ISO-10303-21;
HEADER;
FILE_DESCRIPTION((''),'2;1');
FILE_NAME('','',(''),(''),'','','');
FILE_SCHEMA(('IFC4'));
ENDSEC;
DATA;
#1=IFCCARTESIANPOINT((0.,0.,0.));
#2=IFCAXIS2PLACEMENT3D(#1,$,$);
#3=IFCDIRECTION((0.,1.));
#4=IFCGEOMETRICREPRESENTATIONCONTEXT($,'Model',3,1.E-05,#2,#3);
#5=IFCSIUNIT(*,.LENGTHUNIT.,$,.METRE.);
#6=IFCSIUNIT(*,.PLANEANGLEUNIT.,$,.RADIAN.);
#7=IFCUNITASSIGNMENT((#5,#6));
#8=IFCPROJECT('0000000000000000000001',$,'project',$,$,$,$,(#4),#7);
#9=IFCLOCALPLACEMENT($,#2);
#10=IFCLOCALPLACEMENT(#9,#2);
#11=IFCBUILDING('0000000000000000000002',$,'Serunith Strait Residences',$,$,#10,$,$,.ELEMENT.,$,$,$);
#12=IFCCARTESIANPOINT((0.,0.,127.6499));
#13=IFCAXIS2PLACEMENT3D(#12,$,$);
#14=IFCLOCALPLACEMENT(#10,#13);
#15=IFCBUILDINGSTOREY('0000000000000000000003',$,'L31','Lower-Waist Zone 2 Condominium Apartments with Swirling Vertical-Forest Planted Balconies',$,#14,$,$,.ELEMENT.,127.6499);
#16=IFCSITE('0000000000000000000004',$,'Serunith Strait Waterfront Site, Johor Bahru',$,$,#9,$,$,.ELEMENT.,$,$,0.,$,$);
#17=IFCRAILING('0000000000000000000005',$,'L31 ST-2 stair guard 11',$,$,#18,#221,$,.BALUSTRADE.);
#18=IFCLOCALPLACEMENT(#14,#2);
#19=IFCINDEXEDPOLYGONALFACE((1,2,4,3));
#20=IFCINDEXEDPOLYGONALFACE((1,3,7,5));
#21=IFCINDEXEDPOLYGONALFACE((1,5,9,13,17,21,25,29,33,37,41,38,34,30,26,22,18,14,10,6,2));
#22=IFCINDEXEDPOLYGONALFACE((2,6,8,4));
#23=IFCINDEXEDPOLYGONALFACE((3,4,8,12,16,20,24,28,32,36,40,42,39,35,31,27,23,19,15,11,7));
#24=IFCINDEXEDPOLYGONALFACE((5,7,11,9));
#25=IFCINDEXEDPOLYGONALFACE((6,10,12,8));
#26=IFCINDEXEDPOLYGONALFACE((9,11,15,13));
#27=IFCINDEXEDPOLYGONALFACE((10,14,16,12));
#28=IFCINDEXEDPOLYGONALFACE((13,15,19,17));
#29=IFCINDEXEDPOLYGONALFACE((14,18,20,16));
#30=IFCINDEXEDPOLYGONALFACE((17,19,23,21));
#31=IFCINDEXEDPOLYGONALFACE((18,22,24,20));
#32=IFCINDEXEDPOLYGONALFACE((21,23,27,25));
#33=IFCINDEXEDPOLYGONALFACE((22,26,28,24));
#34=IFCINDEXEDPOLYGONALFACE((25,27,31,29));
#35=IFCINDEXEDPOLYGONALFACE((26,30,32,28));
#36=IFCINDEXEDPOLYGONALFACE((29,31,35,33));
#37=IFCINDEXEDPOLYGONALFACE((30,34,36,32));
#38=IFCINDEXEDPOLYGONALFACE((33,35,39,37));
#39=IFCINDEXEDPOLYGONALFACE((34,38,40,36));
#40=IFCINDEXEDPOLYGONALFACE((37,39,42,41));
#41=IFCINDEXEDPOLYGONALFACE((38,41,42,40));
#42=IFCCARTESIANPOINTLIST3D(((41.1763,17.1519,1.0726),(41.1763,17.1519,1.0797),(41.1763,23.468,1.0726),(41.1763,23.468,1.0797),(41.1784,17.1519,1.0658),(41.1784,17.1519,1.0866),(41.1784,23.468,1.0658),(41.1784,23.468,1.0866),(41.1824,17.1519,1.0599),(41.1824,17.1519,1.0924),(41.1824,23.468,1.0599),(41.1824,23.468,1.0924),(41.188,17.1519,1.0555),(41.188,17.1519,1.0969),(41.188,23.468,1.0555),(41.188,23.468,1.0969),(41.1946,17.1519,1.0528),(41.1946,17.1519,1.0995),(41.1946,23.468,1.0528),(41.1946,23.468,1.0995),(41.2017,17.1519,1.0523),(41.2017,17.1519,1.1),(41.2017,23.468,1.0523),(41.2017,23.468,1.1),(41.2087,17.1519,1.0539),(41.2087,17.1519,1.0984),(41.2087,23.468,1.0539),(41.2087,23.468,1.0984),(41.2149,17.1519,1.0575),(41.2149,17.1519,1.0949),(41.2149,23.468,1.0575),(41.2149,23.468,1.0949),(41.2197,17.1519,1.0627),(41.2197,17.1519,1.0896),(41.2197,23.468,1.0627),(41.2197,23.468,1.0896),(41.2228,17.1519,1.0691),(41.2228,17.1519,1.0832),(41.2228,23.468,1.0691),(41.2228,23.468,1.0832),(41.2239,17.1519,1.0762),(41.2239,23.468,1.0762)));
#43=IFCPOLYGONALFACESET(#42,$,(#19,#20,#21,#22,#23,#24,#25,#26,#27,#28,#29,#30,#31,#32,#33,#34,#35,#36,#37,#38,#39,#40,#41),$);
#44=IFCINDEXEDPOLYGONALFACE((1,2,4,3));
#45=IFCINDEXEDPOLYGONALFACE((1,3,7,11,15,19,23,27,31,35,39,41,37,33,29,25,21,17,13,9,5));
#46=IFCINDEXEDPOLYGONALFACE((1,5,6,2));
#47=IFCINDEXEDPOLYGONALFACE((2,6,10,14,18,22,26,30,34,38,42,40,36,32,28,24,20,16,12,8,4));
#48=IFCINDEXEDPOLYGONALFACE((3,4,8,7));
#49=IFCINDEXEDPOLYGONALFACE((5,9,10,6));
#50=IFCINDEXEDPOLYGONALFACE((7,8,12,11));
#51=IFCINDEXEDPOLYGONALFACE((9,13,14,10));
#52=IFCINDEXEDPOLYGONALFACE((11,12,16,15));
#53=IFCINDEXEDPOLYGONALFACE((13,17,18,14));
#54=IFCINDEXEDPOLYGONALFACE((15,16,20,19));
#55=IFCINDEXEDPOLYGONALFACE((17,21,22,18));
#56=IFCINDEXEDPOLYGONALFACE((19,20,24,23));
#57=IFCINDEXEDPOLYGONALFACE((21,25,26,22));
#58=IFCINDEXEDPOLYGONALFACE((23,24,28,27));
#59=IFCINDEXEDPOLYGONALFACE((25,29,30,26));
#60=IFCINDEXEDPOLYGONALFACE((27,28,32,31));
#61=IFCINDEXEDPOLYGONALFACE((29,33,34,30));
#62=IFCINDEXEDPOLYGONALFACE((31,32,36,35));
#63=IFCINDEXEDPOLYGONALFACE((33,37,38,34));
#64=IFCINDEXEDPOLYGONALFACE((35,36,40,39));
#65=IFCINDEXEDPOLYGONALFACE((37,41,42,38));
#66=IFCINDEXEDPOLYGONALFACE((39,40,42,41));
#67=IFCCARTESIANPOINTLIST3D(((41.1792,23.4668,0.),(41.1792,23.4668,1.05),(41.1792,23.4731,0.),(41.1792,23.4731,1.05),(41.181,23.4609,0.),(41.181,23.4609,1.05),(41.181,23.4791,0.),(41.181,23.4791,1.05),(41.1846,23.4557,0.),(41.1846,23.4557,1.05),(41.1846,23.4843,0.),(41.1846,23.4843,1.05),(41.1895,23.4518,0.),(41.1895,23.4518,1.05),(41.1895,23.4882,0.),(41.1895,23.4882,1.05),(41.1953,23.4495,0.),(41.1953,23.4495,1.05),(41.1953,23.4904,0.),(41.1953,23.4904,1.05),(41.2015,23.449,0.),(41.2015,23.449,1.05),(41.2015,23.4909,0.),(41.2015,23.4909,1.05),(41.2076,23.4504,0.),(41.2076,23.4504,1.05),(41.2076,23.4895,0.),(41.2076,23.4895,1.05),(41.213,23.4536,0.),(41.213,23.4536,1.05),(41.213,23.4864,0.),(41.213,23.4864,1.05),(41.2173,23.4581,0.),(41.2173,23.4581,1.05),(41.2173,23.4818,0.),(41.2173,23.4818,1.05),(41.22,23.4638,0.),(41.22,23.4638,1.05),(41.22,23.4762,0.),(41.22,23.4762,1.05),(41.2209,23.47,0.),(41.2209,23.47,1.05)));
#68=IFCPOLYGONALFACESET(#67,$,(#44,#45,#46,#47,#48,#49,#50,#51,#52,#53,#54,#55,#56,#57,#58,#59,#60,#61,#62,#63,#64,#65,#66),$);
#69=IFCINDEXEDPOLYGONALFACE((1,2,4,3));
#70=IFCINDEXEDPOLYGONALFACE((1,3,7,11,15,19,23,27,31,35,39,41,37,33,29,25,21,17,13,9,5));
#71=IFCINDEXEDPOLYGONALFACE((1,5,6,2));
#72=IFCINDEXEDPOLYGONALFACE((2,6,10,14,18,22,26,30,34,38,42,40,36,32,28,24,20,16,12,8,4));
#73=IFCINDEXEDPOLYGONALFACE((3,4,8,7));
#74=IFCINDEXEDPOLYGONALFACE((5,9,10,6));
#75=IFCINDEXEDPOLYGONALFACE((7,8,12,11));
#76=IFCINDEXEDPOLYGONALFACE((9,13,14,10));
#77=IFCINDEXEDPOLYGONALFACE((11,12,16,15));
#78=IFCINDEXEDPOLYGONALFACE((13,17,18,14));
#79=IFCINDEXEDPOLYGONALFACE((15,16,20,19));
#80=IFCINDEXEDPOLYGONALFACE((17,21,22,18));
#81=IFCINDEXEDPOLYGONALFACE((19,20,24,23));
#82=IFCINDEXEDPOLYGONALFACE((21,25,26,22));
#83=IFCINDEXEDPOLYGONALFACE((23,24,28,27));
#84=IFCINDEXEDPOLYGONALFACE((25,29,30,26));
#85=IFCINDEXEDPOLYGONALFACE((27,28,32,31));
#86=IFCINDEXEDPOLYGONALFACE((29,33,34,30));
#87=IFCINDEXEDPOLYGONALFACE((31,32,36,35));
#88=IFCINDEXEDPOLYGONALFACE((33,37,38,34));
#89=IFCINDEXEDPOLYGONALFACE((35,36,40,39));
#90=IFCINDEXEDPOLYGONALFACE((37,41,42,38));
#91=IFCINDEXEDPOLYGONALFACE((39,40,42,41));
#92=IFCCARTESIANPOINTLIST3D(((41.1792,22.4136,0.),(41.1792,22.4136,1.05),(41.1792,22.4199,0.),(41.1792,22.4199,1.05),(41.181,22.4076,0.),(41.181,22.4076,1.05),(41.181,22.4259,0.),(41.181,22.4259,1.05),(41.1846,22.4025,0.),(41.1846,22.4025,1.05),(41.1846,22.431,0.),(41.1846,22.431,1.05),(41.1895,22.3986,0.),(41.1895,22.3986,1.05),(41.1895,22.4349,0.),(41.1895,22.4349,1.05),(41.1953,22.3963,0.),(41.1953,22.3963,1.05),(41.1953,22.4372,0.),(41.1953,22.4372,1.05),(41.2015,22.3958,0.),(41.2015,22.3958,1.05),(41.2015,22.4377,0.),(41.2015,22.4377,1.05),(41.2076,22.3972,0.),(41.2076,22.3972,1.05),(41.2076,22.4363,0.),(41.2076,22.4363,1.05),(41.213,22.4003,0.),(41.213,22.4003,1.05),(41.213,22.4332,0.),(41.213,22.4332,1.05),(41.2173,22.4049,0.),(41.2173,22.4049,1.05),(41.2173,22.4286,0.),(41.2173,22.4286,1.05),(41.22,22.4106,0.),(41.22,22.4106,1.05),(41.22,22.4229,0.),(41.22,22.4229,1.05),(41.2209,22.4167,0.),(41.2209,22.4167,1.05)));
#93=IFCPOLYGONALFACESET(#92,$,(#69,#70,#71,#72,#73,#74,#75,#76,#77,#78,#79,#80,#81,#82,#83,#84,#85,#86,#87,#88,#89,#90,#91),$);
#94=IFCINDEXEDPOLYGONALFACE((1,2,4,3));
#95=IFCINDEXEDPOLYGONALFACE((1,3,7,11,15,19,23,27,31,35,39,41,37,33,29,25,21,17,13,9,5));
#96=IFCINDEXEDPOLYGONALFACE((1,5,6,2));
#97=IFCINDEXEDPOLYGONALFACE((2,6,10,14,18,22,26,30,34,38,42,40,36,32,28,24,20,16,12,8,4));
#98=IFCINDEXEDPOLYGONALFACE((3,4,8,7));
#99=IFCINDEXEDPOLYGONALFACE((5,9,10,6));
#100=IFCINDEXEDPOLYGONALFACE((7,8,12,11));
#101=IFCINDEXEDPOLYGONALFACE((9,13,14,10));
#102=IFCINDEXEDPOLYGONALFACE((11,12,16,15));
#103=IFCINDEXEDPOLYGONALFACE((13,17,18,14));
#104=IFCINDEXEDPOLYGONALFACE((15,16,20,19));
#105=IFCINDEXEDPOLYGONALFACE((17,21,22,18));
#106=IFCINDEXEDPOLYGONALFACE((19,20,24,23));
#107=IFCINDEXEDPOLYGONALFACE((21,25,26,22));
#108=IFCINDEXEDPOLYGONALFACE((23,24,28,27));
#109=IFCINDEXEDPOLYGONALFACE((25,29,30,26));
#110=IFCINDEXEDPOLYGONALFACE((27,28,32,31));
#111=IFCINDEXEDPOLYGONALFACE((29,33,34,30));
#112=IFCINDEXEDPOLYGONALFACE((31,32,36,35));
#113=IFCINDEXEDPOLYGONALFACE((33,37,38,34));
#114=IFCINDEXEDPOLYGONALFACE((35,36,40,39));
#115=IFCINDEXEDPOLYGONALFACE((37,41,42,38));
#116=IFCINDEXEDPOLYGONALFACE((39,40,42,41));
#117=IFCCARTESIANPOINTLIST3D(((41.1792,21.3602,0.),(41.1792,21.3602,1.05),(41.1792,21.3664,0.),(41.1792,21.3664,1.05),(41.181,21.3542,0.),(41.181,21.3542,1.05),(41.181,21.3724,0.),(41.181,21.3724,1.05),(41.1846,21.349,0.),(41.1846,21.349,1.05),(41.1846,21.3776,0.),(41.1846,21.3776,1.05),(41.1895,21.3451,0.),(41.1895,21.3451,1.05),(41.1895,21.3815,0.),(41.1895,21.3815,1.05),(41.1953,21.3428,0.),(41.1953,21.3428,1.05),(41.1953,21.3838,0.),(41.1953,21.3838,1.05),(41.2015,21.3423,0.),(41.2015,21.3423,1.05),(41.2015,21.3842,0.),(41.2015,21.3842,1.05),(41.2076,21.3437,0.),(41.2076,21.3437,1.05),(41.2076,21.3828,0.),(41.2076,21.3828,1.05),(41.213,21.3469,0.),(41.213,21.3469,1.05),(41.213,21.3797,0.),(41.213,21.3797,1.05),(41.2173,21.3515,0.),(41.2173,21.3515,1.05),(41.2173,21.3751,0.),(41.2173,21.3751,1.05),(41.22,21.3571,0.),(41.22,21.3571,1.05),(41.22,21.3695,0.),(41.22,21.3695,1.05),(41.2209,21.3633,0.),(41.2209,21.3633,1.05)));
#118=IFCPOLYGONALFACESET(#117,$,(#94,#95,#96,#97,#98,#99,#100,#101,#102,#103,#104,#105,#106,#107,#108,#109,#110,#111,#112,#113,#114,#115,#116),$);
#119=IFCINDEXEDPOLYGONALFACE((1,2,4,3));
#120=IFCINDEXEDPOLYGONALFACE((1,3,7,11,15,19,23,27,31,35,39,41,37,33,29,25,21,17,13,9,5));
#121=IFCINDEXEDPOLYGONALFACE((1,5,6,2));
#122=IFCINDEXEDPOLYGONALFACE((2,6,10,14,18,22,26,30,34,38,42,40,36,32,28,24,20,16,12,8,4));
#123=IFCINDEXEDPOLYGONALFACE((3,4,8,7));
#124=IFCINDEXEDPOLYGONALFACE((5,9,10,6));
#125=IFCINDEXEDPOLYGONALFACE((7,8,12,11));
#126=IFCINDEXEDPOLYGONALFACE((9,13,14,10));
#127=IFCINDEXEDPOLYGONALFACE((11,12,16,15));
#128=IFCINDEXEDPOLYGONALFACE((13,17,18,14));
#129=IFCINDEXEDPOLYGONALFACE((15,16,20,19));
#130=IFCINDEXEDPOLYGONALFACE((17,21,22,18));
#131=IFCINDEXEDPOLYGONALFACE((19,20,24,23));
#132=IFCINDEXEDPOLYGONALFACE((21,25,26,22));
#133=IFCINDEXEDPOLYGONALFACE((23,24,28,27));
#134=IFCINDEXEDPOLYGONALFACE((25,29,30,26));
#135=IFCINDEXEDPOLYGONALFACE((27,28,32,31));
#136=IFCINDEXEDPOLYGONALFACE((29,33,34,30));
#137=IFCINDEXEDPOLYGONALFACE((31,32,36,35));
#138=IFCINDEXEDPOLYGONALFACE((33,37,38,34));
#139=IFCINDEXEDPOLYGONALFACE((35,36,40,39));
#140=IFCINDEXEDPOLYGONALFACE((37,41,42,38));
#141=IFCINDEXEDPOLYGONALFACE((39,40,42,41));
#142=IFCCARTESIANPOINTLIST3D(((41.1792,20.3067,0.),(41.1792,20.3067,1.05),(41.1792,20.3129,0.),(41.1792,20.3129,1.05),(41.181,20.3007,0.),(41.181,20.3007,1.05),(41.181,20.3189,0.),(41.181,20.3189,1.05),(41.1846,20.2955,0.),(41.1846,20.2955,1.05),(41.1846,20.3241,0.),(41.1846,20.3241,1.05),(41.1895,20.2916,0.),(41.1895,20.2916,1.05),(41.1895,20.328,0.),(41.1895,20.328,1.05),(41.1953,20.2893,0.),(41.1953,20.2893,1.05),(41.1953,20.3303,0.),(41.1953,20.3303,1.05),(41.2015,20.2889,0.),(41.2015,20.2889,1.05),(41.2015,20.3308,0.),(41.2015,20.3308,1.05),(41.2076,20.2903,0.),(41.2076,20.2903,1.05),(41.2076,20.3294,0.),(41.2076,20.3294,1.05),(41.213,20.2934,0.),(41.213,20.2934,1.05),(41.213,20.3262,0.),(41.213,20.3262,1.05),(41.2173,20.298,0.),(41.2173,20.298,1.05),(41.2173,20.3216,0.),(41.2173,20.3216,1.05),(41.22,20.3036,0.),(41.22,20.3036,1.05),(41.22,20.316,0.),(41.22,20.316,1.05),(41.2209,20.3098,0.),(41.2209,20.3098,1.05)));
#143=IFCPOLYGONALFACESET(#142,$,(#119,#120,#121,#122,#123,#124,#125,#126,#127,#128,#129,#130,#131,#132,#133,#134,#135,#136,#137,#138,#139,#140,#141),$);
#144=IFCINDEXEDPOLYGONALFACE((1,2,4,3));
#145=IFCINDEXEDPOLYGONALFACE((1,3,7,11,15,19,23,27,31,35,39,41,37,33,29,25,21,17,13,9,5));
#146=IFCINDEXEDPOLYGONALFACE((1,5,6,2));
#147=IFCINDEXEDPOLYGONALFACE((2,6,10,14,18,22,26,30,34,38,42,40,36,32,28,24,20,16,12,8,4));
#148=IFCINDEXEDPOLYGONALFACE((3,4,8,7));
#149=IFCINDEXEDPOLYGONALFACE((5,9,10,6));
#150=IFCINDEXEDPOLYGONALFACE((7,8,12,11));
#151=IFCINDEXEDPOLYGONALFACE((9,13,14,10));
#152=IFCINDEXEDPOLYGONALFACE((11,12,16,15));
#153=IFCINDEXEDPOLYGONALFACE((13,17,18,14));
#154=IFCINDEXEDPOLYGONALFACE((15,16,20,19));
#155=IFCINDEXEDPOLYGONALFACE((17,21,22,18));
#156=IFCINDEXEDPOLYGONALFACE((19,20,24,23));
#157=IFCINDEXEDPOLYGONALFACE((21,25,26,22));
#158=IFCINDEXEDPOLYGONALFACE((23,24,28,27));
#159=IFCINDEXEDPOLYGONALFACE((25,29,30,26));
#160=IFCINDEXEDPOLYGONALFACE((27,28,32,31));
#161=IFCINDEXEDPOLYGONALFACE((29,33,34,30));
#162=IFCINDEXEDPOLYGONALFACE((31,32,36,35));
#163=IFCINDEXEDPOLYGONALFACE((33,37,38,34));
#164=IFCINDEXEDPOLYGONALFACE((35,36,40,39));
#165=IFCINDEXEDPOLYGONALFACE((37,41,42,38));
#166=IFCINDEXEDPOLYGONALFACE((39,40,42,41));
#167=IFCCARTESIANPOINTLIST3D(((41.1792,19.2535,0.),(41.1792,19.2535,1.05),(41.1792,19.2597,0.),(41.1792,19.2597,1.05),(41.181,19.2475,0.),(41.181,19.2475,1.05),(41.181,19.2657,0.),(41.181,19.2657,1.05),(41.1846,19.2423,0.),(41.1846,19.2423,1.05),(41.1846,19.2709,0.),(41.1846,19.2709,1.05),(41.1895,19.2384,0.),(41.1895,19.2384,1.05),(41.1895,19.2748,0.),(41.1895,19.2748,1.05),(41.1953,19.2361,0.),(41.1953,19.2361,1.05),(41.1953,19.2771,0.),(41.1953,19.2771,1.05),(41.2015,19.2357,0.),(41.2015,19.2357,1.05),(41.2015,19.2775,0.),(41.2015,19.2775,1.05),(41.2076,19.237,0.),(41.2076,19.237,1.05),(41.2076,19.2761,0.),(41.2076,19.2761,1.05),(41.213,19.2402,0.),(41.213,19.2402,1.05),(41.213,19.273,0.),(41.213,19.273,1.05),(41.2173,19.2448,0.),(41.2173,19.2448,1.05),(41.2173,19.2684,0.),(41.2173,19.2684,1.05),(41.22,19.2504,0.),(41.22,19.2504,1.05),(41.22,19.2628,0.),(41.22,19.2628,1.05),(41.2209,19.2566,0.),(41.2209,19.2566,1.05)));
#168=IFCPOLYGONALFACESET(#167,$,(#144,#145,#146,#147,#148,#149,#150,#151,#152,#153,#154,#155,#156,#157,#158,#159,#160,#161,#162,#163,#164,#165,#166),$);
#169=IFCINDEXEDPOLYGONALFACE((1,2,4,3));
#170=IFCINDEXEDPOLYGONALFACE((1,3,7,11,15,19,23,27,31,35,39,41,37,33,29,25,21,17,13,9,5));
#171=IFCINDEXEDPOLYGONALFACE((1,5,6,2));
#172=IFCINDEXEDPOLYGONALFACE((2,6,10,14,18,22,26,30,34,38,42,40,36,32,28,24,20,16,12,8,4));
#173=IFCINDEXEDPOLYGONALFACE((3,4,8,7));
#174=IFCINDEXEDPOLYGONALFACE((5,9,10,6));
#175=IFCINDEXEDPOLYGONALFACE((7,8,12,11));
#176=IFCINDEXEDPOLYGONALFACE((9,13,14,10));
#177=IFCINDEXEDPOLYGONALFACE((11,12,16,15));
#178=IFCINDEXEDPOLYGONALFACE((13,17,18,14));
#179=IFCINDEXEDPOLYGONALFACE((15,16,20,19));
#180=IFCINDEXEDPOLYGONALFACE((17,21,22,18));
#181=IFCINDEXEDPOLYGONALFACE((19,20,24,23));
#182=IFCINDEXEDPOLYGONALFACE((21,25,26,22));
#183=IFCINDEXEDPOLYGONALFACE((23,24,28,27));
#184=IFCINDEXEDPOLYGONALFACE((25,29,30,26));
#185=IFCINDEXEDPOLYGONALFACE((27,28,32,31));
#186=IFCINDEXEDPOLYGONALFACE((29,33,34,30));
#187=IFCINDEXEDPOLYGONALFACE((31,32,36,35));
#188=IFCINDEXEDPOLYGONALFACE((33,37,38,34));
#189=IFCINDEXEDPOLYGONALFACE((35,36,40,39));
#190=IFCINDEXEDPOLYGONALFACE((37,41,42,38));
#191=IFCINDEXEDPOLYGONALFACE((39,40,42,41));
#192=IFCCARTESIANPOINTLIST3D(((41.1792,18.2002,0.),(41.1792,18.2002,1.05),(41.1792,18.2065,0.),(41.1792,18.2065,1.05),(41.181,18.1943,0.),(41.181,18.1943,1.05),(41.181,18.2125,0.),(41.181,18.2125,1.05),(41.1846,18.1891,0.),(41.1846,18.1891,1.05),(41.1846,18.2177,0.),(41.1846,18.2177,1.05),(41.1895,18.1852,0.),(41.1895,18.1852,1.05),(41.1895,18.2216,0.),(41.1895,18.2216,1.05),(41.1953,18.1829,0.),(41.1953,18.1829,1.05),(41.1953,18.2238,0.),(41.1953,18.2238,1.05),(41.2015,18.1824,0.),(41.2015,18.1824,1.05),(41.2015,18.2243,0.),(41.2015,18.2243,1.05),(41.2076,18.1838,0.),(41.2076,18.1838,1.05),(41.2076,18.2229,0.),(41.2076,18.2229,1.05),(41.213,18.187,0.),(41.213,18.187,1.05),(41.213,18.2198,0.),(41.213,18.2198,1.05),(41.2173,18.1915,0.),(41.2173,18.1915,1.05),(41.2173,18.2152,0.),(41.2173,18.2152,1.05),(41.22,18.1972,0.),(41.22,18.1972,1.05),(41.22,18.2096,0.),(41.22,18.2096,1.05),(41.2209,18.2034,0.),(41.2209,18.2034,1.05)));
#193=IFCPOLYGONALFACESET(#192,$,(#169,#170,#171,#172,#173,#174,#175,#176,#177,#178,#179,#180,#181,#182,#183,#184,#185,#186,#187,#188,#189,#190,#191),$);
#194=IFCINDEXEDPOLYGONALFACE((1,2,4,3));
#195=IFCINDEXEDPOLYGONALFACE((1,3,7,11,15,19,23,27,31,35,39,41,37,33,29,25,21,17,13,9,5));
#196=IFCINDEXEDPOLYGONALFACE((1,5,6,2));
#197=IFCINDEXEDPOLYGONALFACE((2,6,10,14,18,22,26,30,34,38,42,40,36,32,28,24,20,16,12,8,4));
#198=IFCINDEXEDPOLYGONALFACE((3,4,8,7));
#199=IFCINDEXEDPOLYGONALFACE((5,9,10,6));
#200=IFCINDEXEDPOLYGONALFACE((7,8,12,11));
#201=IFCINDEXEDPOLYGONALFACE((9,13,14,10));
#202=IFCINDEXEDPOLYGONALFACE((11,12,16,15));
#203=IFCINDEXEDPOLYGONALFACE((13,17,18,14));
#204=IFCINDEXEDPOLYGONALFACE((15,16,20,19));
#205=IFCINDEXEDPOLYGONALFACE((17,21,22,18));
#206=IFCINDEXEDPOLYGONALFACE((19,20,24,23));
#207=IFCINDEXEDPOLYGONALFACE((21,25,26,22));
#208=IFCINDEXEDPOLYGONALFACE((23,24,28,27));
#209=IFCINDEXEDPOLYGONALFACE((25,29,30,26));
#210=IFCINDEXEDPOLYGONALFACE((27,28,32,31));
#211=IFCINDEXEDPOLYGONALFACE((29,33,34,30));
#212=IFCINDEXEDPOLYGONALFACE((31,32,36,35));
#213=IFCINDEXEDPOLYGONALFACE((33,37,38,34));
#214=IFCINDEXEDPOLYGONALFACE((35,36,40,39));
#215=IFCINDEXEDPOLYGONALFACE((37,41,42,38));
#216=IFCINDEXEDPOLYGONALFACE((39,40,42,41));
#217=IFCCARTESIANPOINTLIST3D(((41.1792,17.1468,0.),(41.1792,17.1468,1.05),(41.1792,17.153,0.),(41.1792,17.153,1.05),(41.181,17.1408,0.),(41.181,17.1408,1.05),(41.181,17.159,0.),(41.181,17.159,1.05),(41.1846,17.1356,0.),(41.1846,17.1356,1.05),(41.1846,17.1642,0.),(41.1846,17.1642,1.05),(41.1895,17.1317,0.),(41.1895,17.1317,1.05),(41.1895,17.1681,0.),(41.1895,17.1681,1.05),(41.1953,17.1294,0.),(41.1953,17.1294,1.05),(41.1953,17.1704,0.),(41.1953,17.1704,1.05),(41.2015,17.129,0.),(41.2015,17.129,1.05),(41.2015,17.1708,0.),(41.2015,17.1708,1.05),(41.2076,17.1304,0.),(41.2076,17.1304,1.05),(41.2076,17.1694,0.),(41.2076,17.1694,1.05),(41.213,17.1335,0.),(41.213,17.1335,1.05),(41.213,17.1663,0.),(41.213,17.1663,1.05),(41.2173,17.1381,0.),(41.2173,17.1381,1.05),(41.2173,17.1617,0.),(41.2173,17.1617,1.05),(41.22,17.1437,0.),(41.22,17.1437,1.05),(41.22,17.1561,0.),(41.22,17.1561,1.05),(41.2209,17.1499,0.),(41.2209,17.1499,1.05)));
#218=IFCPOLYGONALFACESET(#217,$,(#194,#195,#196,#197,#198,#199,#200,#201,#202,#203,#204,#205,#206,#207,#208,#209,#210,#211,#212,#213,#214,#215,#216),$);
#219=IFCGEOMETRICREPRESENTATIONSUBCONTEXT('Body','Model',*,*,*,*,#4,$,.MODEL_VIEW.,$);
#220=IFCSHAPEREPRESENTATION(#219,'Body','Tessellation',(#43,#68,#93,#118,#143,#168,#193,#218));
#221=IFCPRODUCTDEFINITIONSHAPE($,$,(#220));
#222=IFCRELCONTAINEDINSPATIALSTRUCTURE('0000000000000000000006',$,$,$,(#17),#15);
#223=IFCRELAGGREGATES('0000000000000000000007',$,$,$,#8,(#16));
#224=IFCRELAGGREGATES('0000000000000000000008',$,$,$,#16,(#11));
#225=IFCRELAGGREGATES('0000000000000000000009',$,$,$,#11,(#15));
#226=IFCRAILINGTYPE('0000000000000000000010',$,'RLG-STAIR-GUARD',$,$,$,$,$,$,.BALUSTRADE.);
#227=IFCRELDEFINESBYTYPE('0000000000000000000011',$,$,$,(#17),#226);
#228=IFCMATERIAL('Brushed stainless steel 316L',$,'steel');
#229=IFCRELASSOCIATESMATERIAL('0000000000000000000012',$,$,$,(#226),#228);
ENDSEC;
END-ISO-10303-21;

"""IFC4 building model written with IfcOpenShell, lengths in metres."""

from ifc_helpers import new_model, si_unit, direction, frame, origin, origin_2d, place, context, subcontext, project, spatial, circle, extrude, material, type_object, element, save


model = new_model("IFC4")

# Units and contexts
model_context = context("Model", 3, precision=1e-05, world=origin(), true_north=direction((0.0, 1.0)))
body_context = subcontext(model_context, "Body", "Model", "MODEL_VIEW")
ifc_project = project(units=[si_unit("LENGTHUNIT", "METRE"), si_unit("PLANEANGLEUNIT", "RADIAN")], contexts=[model_context])

# Site, building, storey
site_placement = place(None, origin())
site = spatial("IfcSite", under=ifc_project, at=site_placement, Name="Serunith Strait Waterfront Site, Johor Bahru", CompositionType="ELEMENT", RefElevation=0.0)
building_placement = place(site_placement, origin())
building = spatial("IfcBuilding", under=site, at=building_placement, Name="Serunith Strait Residences", CompositionType="ELEMENT")
storey_placement = place(building_placement, frame((0.0, 0.0, 127.6499)))
storey = spatial("IfcBuildingStorey", under=building, at=storey_placement, Name="L31", Description="Lower-Waist Zone 2 Condominium Apartments with Swirling Vertical-Forest Planted Balconies", CompositionType="ELEMENT", Elevation=127.6499)

# Railing
ifc_material_1 = material(Name="Brushed stainless steel 316L", Category="steel")
railing_type = type_object("IfcRailingType", Name="RLG-STAIR-GUARD", PredefinedType="BALUSTRADE", material=ifc_material_1)
railing_placement = place(storey_placement, frame((41.2, 23.47, 0.0)))
element("IfcRailing", 1, at=railing_placement, inside=storey, type_object=railing_type, Name="L31 ST-2 stair guard 11", PredefinedType="BALUSTRADE", context=body_context, shape_type="SweptSolid", body=[
    extrude(circle(Radius=0.0239, at=origin_2d()), frame((0.0, -0.002, 1.0762), z_axis=(0.0, -1.0, 0.0), x_axis=(1.0, 0.0, 0.0)), (0.0, 0.0, 1.0), 6.3162),
    extrude(circle(Radius=0.021, at=origin_2d()), origin(), (0.0, 0.0, 1.0), 1.05),
    extrude(circle(Radius=0.021, at=origin_2d()), frame((0.0, -1.0532, 0.0)), (0.0, 0.0, 1.0), 1.05),
    extrude(circle(Radius=0.021, at=origin_2d()), frame((0.0, -2.1067, 0.0)), (0.0, 0.0, 1.0), 1.05),
    extrude(circle(Radius=0.021, at=origin_2d()), frame((0.0, -3.1602, 0.0)), (0.0, 0.0, 1.0), 1.05),
    extrude(circle(Radius=0.021, at=origin_2d()), frame((0.0, -4.2134, 0.0)), (0.0, 0.0, 1.0), 1.05),
    extrude(circle(Radius=0.021, at=origin_2d()), frame((0.0, -5.2666, 0.0)), (0.0, 0.0, 1.0), 1.05),
    extrude(circle(Radius=0.021, at=origin_2d()), frame((0.0, -6.3201, 0.0)), (0.0, 0.0, 1.0), 1.05),
])

save(model, "model.ifc")
